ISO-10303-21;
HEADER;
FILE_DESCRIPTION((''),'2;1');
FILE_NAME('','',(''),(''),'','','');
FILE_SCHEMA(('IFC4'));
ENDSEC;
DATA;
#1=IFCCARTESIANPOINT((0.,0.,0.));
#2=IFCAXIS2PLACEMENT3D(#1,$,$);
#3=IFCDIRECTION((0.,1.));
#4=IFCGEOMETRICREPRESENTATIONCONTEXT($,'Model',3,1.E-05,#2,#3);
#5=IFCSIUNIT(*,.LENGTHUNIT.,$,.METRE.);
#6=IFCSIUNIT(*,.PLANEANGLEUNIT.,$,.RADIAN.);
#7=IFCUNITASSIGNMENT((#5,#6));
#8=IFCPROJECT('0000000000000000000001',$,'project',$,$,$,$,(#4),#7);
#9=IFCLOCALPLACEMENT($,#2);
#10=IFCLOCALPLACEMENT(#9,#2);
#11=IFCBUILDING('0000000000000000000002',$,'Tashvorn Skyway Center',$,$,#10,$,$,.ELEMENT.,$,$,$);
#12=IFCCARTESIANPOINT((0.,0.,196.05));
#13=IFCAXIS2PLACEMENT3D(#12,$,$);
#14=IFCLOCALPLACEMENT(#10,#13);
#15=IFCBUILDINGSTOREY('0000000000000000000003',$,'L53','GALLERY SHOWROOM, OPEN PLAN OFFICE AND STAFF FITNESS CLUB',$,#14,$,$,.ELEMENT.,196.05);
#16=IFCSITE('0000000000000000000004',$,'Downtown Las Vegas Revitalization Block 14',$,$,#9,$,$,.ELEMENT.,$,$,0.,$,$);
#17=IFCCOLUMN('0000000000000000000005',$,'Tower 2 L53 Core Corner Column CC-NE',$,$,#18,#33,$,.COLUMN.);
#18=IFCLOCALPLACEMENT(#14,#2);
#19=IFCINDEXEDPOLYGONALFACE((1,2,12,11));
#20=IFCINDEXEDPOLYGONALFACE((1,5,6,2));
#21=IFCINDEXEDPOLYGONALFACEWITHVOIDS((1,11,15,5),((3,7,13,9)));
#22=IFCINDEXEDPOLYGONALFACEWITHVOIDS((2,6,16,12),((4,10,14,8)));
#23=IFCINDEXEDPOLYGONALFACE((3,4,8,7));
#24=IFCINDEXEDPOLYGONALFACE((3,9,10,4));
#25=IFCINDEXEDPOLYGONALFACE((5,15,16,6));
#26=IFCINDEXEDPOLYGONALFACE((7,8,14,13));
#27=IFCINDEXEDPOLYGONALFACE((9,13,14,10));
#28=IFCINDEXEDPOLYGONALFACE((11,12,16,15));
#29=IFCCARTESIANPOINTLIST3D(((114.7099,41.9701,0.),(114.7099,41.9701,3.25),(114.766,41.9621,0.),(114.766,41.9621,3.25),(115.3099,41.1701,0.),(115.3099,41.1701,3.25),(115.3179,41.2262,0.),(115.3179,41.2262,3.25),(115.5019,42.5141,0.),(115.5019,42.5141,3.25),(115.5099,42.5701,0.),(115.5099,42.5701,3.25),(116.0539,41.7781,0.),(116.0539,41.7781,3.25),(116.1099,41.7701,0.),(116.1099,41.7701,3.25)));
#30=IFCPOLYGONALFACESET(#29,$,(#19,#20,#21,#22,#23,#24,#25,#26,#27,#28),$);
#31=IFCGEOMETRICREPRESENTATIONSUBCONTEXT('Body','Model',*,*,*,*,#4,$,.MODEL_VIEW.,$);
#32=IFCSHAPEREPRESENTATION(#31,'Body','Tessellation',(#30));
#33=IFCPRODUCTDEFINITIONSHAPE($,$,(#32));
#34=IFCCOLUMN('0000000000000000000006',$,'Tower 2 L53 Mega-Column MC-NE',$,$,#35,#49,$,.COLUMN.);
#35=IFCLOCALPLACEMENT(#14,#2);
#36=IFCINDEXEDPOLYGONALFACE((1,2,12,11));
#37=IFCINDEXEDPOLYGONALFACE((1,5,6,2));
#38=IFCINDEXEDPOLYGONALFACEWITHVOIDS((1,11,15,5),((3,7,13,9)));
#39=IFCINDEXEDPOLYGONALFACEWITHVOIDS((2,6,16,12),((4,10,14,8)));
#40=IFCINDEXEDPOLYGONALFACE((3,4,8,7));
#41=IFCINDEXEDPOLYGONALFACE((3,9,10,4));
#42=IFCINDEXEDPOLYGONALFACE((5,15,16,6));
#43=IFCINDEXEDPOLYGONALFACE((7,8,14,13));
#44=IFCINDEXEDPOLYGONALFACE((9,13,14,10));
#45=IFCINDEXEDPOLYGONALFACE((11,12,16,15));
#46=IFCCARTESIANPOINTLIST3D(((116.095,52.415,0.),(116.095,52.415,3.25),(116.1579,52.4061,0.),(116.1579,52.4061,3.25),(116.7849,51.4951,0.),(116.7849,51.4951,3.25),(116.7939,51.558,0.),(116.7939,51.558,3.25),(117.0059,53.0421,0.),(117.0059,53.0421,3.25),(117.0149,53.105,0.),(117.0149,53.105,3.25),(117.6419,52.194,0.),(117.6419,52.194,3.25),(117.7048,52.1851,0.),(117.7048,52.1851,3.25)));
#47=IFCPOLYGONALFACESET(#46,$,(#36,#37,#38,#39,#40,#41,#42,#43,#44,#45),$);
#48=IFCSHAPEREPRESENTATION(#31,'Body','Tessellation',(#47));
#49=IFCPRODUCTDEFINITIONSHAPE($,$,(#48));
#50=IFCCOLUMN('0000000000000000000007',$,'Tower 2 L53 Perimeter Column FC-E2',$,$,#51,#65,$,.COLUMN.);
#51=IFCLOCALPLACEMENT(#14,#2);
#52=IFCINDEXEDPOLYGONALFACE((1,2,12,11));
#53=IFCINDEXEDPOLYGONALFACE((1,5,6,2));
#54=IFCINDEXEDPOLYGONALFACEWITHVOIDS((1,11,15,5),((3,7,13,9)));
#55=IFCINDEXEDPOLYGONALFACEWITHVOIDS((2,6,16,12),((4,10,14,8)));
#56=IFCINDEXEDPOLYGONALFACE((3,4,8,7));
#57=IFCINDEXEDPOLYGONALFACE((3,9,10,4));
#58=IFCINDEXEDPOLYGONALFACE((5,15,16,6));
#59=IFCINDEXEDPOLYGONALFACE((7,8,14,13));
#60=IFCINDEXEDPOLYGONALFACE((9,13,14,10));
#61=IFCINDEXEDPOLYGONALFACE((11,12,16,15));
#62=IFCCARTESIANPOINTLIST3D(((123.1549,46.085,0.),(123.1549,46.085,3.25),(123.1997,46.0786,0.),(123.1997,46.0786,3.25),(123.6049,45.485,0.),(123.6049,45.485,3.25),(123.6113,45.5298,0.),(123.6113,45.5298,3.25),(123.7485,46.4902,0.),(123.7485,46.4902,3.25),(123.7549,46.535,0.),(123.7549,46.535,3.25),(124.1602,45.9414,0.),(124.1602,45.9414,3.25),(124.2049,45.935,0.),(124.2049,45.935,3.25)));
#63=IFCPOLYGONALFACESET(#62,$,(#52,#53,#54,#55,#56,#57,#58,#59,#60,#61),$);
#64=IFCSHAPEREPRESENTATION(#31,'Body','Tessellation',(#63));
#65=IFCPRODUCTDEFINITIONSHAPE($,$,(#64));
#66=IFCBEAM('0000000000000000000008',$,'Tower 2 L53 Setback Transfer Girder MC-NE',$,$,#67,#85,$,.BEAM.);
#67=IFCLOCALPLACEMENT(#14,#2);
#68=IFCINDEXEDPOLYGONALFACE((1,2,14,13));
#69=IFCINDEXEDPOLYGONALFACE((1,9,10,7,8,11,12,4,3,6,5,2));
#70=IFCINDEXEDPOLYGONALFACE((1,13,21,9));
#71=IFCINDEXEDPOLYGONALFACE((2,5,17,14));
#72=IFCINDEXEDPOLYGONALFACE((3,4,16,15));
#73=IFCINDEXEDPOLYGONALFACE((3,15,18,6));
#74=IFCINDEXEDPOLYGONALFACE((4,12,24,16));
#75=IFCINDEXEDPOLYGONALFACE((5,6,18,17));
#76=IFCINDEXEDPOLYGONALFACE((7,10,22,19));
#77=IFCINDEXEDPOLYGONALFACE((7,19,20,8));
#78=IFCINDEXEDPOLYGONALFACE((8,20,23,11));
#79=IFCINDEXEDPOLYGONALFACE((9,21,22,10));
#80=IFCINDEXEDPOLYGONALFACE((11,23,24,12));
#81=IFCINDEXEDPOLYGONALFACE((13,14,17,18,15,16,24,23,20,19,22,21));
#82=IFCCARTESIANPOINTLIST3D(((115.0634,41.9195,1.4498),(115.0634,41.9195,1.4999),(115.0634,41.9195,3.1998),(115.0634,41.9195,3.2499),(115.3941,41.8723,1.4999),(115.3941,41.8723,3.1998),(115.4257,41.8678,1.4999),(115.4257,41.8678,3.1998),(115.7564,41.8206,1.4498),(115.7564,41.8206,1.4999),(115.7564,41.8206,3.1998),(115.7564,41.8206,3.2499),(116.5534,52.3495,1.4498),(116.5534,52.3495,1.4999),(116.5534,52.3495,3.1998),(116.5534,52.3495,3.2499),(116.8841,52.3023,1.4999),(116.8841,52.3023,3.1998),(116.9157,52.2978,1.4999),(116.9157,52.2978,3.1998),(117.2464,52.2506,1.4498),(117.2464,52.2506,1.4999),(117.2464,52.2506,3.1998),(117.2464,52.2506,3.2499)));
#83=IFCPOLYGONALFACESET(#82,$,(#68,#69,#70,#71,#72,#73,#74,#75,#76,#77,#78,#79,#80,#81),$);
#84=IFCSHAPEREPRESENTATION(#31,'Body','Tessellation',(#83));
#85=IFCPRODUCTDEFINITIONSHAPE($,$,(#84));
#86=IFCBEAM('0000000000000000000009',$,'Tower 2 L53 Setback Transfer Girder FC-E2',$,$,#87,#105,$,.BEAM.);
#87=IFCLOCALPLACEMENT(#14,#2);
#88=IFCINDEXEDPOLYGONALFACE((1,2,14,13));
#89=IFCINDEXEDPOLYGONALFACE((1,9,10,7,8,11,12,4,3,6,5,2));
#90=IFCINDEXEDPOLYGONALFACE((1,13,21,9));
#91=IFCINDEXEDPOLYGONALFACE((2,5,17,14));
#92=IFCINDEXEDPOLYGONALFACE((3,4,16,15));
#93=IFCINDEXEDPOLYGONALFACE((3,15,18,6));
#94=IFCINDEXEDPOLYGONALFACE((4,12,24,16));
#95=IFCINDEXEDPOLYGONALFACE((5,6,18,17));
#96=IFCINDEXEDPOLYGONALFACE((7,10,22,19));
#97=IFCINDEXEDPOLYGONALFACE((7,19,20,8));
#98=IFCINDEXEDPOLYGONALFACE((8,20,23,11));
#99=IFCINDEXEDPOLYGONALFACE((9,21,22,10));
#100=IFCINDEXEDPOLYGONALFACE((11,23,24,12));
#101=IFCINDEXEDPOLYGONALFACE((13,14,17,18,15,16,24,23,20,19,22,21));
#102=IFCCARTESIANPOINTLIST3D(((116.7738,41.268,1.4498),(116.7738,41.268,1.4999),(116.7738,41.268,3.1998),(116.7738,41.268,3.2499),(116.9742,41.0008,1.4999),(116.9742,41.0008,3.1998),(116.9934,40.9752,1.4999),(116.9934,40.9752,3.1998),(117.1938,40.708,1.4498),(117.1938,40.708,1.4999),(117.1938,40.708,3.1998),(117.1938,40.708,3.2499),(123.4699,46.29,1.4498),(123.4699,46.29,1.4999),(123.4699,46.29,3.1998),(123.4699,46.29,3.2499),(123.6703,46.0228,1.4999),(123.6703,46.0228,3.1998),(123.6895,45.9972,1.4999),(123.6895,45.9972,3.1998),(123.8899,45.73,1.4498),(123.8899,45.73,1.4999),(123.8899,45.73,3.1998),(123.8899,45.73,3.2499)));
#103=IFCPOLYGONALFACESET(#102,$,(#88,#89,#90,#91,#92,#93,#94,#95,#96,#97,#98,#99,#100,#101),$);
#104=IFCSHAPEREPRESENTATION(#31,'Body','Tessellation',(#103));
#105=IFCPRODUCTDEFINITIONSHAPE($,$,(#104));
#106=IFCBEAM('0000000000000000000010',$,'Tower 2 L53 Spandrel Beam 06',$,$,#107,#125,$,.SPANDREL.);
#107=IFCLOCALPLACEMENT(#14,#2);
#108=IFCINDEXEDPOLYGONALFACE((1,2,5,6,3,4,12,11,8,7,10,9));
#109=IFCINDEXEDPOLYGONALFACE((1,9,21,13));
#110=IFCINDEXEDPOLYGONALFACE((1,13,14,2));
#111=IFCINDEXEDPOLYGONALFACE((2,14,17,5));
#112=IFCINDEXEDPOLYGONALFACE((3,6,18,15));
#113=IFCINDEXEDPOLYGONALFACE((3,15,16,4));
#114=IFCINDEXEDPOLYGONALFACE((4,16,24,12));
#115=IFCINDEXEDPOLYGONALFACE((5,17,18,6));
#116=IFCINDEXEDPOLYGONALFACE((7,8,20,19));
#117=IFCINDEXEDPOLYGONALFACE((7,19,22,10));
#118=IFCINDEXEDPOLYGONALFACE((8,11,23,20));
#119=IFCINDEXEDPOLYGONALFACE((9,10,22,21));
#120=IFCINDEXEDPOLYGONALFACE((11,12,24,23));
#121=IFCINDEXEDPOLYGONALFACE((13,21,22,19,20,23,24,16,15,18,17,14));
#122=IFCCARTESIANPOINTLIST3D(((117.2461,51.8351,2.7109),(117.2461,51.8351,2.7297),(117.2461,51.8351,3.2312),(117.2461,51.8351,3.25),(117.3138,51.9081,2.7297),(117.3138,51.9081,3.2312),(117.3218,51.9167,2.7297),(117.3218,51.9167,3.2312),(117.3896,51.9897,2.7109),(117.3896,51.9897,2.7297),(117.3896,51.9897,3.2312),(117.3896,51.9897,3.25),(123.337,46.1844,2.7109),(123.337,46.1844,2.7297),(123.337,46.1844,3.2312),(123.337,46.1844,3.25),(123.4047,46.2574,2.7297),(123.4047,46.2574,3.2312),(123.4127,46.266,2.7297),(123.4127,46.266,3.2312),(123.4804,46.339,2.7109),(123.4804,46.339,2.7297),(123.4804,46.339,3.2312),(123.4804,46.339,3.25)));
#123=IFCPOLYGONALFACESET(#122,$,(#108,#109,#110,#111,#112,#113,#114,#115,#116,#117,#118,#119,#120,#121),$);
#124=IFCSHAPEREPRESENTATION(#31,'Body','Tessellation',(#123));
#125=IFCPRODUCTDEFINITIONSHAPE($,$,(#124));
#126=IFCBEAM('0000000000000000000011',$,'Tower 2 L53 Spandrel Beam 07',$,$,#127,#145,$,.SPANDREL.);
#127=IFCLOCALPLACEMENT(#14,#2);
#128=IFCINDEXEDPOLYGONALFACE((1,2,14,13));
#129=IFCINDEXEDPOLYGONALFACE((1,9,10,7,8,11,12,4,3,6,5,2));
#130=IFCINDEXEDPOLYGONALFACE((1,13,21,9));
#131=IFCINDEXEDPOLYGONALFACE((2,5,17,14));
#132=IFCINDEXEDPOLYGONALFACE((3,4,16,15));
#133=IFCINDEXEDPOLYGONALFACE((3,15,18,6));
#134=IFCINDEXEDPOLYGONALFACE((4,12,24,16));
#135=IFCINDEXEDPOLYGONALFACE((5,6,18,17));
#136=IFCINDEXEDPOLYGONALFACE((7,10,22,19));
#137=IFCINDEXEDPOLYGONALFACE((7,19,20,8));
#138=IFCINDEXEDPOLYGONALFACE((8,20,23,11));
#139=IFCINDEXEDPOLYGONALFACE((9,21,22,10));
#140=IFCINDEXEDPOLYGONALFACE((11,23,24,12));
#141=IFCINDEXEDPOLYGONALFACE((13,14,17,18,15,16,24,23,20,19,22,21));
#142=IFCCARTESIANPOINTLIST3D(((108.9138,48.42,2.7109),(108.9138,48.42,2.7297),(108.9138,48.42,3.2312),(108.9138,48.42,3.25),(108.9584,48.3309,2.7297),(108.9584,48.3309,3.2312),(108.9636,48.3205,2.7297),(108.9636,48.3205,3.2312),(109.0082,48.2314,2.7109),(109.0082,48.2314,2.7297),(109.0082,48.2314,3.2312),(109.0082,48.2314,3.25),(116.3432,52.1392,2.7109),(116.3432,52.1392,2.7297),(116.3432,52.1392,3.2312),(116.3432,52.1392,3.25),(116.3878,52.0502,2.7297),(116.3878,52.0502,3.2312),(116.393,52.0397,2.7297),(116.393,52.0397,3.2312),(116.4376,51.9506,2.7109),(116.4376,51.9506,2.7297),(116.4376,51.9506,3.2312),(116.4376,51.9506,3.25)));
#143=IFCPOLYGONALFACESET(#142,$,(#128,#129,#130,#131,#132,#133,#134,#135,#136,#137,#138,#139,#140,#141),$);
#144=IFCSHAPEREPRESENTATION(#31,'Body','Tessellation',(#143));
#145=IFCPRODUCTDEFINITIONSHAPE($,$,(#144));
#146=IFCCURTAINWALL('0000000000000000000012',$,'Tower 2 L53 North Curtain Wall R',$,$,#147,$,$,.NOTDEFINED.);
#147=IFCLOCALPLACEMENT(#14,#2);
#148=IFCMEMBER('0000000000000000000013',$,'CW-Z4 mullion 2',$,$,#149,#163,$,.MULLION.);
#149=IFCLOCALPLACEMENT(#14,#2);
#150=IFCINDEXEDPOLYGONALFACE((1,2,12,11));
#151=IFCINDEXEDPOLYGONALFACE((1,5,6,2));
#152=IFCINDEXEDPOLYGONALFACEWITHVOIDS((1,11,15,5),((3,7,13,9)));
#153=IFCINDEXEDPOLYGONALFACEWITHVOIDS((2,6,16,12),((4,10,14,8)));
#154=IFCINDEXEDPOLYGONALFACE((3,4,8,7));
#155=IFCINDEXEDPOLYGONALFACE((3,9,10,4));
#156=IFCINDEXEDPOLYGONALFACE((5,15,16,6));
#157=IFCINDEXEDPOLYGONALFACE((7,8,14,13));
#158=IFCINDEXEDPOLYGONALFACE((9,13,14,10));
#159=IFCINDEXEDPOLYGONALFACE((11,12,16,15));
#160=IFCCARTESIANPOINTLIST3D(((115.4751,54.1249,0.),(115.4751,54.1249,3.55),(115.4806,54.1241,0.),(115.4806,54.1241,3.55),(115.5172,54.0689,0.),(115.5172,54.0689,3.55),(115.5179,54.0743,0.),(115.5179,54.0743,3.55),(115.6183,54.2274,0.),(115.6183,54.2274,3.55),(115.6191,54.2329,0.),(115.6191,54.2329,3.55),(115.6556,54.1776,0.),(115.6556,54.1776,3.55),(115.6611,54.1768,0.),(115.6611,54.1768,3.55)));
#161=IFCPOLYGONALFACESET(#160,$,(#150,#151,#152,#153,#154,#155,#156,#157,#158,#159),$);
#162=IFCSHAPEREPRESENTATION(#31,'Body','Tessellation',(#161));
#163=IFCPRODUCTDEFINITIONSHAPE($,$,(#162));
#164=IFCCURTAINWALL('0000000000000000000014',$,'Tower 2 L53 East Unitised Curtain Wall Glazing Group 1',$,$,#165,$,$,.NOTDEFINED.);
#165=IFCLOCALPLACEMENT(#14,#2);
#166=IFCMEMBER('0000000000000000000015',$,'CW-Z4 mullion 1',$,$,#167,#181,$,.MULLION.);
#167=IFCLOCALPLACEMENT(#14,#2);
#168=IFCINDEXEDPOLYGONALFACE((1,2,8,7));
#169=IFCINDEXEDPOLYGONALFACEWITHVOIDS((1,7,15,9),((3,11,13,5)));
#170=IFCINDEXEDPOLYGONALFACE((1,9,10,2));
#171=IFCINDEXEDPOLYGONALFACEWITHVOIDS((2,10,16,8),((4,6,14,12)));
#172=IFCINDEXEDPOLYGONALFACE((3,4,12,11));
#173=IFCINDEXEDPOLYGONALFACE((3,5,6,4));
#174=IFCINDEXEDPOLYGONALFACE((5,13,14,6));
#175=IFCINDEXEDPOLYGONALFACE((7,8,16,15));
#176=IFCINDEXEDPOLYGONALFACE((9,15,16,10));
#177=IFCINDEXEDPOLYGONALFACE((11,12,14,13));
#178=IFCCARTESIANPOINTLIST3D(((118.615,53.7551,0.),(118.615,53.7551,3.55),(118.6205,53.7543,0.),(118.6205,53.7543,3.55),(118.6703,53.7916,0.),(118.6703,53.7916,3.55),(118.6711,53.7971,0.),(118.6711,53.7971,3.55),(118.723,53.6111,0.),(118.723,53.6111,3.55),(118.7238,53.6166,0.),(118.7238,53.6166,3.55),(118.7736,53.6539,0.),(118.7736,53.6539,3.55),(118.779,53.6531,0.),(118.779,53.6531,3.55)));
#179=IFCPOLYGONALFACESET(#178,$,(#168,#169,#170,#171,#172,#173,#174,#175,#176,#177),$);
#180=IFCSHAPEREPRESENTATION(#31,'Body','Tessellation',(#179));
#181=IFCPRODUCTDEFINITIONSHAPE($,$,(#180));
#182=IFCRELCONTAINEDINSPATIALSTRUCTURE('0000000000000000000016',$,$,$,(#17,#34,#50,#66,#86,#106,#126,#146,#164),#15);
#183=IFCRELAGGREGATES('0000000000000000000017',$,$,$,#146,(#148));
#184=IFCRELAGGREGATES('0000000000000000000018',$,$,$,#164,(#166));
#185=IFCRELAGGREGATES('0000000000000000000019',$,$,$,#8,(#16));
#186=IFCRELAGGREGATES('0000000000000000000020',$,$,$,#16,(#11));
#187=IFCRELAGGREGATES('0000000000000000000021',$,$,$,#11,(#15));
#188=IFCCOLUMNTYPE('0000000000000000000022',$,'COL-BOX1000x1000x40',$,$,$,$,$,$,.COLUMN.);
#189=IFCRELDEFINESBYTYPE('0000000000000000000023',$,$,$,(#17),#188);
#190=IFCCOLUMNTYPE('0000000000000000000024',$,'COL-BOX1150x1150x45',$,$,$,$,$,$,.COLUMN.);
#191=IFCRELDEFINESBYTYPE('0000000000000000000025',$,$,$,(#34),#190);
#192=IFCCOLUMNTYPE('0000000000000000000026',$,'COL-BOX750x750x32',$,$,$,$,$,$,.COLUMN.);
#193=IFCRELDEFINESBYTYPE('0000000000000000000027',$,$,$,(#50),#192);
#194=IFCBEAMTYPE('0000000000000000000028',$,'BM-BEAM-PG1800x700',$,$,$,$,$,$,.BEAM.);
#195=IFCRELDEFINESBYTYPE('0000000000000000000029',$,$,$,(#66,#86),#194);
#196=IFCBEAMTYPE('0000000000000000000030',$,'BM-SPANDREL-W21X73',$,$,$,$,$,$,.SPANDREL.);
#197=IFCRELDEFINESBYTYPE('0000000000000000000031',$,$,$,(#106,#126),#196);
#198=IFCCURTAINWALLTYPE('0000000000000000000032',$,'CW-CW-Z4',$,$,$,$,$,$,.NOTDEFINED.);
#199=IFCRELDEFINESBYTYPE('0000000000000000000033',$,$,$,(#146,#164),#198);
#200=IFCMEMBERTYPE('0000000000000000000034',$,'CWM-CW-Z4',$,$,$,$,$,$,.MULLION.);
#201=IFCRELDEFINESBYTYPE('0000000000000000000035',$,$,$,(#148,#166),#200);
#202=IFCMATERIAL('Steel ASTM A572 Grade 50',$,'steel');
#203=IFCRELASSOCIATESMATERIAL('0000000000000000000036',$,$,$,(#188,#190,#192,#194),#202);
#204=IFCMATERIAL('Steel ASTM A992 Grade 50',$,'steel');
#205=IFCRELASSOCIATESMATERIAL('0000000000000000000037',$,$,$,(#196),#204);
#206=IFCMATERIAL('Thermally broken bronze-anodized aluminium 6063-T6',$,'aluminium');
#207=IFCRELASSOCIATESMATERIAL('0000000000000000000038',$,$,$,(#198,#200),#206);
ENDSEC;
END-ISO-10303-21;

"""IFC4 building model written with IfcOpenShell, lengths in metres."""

from ifc_helpers import new_model, si_unit, direction, frame, origin, origin_2d, place, context, subcontext, project, spatial, hollow_rectangle, i_section, extrude, material, material_profile, profile_set, type_object, element, aggregate, save


model = new_model("IFC4")

# Units and contexts
model_context = context("Model", 3, precision=1e-05, world=origin(), true_north=direction((0.0, 1.0)))
body_context = subcontext(model_context, "Body", "Model", "MODEL_VIEW")
ifc_project = project(units=[si_unit("LENGTHUNIT", "METRE"), si_unit("PLANEANGLEUNIT", "RADIAN")], contexts=[model_context])

# Site, building, storey
site_placement = place(None, origin())
site = spatial("IfcSite", under=ifc_project, at=site_placement, Name="Downtown Las Vegas Revitalization Block 14", CompositionType="ELEMENT", RefElevation=0.0)
building_placement = place(site_placement, origin())
building = spatial("IfcBuilding", under=site, at=building_placement, Name="Tashvorn Skyway Center", CompositionType="ELEMENT")
storey_placement = place(building_placement, frame((0.0, 0.0, 196.05)))
storey = spatial("IfcBuildingStorey", under=building, at=storey_placement, Name="L53", Description="GALLERY SHOWROOM, OPEN PLAN OFFICE AND STAFF FITNESS CLUB", CompositionType="ELEMENT", Elevation=196.05)

# Columns
ifc_material_1 = material(Name="Steel ASTM A572 Grade 50", Category="steel")
ifc_material_profile_1 = material_profile(ifc_material_1, hollow_rectangle(XDim=1.0, YDim=1.0, WallThickness=0.04, at=origin_2d()), Name="BOX1000x1000x40")
ifc_profile_set_1 = profile_set([ifc_material_profile_1], Name="Steel ASTM A572 Grade 50")
column_type_1 = type_object("IfcColumnType", Name="COL-BOX1000x1000x40", PredefinedType="COLUMN", material=ifc_profile_set_1)
column_1_placement = place(storey_placement, frame((115.4099, 41.8701, 0.0), z_axis=(0.0, 0.0, 1.0), x_axis=(0.8, 0.6, 0.0)))
element("IfcColumn", 1, at=column_1_placement, inside=storey, type_object=column_type_1, Name="Tower 2 L53 Core Corner Column CC-NE", PredefinedType="COLUMN", context=body_context, shape_type="SweptSolid", body=[
    extrude(hollow_rectangle(XDim=1.0, YDim=1.0, WallThickness=0.04, at=origin_2d()), origin(), (0.0, 0.0, 1.0), 3.25),
])
ifc_material_profile_2 = material_profile(ifc_material_1, hollow_rectangle(XDim=1.1499, YDim=1.1499, WallThickness=0.0449, at=origin_2d()), Name="BOX1150x1150x45")
ifc_profile_set_2 = profile_set([ifc_material_profile_2], Name="Steel ASTM A572 Grade 50")
column_type_2 = type_object("IfcColumnType", Name="COL-BOX1150x1150x45", PredefinedType="COLUMN", material=ifc_profile_set_2)
column_2_placement = place(storey_placement, frame((116.8999, 52.3, 0.0), z_axis=(0.0, 0.0, 1.0), x_axis=(0.8, 0.6, 0.0)))
element("IfcColumn", 2, at=column_2_placement, inside=storey, type_object=column_type_2, Name="Tower 2 L53 Mega-Column MC-NE", PredefinedType="COLUMN", context=body_context, shape_type="SweptSolid", body=[
    extrude(hollow_rectangle(XDim=1.1499, YDim=1.1499, WallThickness=0.0449, at=origin_2d()), origin(), (0.0, 0.0, 1.0), 3.25),
])
ifc_material_profile_3 = material_profile(ifc_material_1, hollow_rectangle(XDim=0.75, YDim=0.75, WallThickness=0.032, at=origin_2d()), Name="BOX750x750x32")
ifc_profile_set_3 = profile_set([ifc_material_profile_3], Name="Steel ASTM A572 Grade 50")
column_type_3 = type_object("IfcColumnType", Name="COL-BOX750x750x32", PredefinedType="COLUMN", material=ifc_profile_set_3)
column_3_placement = place(storey_placement, frame((123.6799, 46.01, 0.0), z_axis=(0.0, 0.0, 1.0), x_axis=(0.8, 0.6, 0.0)))
element("IfcColumn", 3, at=column_3_placement, inside=storey, type_object=column_type_3, Name="Tower 2 L53 Perimeter Column FC-E2", PredefinedType="COLUMN", context=body_context, shape_type="SweptSolid", body=[
    extrude(hollow_rectangle(XDim=0.75, YDim=0.75, WallThickness=0.032, at=origin_2d()), origin(), (0.0, 0.0, 1.0), 3.25),
])

# Beams
ifc_material_profile_4 = material_profile(ifc_material_1, i_section(OverallWidth=0.7, OverallDepth=1.8, WebThickness=0.032, FlangeThickness=0.05, at=origin_2d()), Name="PG1800x700")
ifc_profile_set_4 = profile_set([ifc_material_profile_4], Name="Steel ASTM A572 Grade 50")
beam_type_1 = type_object("IfcBeamType", Name="BM-BEAM-PG1800x700", PredefinedType="BEAM", material=ifc_profile_set_4)
beam_1_placement = place(storey_placement, frame((116.8999, 52.3, 2.3499), z_axis=(-0.141421, -0.989949, 0.0), x_axis=(0.989949, -0.141421, 0.0)))
element("IfcBeam", 4, at=beam_1_placement, inside=storey, type_object=beam_type_1, Name="Tower 2 L53 Setback Transfer Girder MC-NE", PredefinedType="BEAM", context=body_context, shape_type="SweptSolid", body=[
    extrude(i_section(OverallWidth=0.7, OverallDepth=1.8, WebThickness=0.032, FlangeThickness=0.05, at=origin_2d()), origin(), (0.0, 0.0, 1.0), 10.5359),
])
beam_2_placement = place(storey_placement, frame((123.6799, 46.01, 2.3499), z_axis=(-0.800004, -0.599995, 0.0), x_axis=(0.599995, -0.800004, 0.0)))
element("IfcBeam", 5, at=beam_2_placement, inside=storey, type_object=beam_type_1, Name="Tower 2 L53 Setback Transfer Girder FC-E2", PredefinedType="BEAM", context=body_context, shape_type="SweptSolid", body=[
    extrude(i_section(OverallWidth=0.7, OverallDepth=1.8, WebThickness=0.032, FlangeThickness=0.05, at=origin_2d()), origin(), (0.0, 0.0, 1.0), 8.3701),
])
ifc_material_2 = material(Name="Steel ASTM A992 Grade 50", Category="steel")
ifc_material_profile_5 = material_profile(ifc_material_2, i_section(OverallWidth=0.2109, OverallDepth=0.5391, WebThickness=0.0117, FlangeThickness=0.0188, at=origin_2d()), Name="W21X73")
ifc_profile_set_5 = profile_set([ifc_material_profile_5], Name="Steel ASTM A992 Grade 50")
beam_type_2 = type_object("IfcBeamType", Name="BM-SPANDREL-W21X73", PredefinedType="SPANDREL", material=ifc_profile_set_5)
for number, where, z_axis, x_axis, name in (
    (6, (123.4087, 46.2617, 2.9805), (-0.733101, 0.68012, 0.0), (-0.68012, -0.733101, 0.0), "Tower 2 L53 Spandrel Beam 06"),
    (7, (116.3904, 52.0449, 2.9805), (-0.89421, -0.447648, 0.0), (0.447648, -0.89421, 0.0), "Tower 2 L53 Spandrel Beam 07"),
):
    element("IfcBeam", number, at=place(storey_placement, frame(where, z_axis=z_axis, x_axis=x_axis)), inside=storey, type_object=beam_type_2, Name=name, PredefinedType="SPANDREL", context=body_context, shape_type="SweptSolid", body=[
        extrude(i_section(OverallWidth=0.2109, OverallDepth=0.5391, WebThickness=0.0117, FlangeThickness=0.0188, at=origin_2d()), origin(), (0.0, 0.0, 1.0), 8.3083),
    ])

# Curtain wall, member
ifc_material_3 = material(Name="Thermally broken bronze-anodized aluminium 6063-T6", Category="aluminium")
curtain_wall_type = type_object("IfcCurtainWallType", Name="CW-CW-Z4", PredefinedType="NOTDEFINED", material=ifc_material_3)
curtain_wall_1_placement = place(storey_placement, origin())
curtain_wall_1 = element("IfcCurtainWall", 8, at=curtain_wall_1_placement, inside=storey, type_object=curtain_wall_type, Name="Tower 2 L53 North Curtain Wall R", PredefinedType="NOTDEFINED")
ifc_material_profile_6 = material_profile(ifc_material_3, hollow_rectangle(XDim=0.0701, YDim=0.1799, WallThickness=0.0039, at=origin_2d()), Name="ALU-MULL-70x180")
ifc_profile_set_6 = profile_set([ifc_material_profile_6], Name="Thermally broken bronze-anodized aluminium 6063-T6")
member_type_1 = type_object("IfcMemberType", Name="CWM-CW-Z4", PredefinedType="MULLION", material=ifc_profile_set_6)
member_1_placement = place(storey_placement, frame((115.5681, 54.1509, 0.0), z_axis=(0.0, 0.0, 1.0), x_axis=(-0.6, 0.8, 0.0)))
member_1 = element("IfcMember", 9, at=member_1_placement, type_object=member_type_1, Name="CW-Z4 mullion 2", PredefinedType="MULLION", context=body_context, shape_type="SweptSolid", body=[
    extrude(hollow_rectangle(XDim=0.0701, YDim=0.1799, WallThickness=0.0039, at=origin_2d()), origin(), (0.0, 0.0, 1.0), 3.55),
])
aggregate(curtain_wall_1, [member_1])

# Curtain wall, member
curtain_wall_2_placement = place(storey_placement, origin())
curtain_wall_2 = element("IfcCurtainWall", 10, at=curtain_wall_2_placement, inside=storey, type_object=curtain_wall_type, Name="Tower 2 L53 East Unitised Curtain Wall Glazing Group 1", PredefinedType="NOTDEFINED")
member_2_placement = place(storey_placement, frame((118.697, 53.7041, 0.0), z_axis=(0.0, 0.0, 1.0), x_axis=(0.8, 0.6, 0.0)))
member_2 = element("IfcMember", 11, at=member_2_placement, type_object=member_type_1, Name="CW-Z4 mullion 1", PredefinedType="MULLION", context=body_context, shape_type="SweptSolid", body=[
    extrude(hollow_rectangle(XDim=0.0701, YDim=0.1799, WallThickness=0.0039, at=origin_2d()), origin(), (0.0, 0.0, 1.0), 3.55),
])

aggregate(curtain_wall_2, [member_2])

save(model, "model.ifc")
